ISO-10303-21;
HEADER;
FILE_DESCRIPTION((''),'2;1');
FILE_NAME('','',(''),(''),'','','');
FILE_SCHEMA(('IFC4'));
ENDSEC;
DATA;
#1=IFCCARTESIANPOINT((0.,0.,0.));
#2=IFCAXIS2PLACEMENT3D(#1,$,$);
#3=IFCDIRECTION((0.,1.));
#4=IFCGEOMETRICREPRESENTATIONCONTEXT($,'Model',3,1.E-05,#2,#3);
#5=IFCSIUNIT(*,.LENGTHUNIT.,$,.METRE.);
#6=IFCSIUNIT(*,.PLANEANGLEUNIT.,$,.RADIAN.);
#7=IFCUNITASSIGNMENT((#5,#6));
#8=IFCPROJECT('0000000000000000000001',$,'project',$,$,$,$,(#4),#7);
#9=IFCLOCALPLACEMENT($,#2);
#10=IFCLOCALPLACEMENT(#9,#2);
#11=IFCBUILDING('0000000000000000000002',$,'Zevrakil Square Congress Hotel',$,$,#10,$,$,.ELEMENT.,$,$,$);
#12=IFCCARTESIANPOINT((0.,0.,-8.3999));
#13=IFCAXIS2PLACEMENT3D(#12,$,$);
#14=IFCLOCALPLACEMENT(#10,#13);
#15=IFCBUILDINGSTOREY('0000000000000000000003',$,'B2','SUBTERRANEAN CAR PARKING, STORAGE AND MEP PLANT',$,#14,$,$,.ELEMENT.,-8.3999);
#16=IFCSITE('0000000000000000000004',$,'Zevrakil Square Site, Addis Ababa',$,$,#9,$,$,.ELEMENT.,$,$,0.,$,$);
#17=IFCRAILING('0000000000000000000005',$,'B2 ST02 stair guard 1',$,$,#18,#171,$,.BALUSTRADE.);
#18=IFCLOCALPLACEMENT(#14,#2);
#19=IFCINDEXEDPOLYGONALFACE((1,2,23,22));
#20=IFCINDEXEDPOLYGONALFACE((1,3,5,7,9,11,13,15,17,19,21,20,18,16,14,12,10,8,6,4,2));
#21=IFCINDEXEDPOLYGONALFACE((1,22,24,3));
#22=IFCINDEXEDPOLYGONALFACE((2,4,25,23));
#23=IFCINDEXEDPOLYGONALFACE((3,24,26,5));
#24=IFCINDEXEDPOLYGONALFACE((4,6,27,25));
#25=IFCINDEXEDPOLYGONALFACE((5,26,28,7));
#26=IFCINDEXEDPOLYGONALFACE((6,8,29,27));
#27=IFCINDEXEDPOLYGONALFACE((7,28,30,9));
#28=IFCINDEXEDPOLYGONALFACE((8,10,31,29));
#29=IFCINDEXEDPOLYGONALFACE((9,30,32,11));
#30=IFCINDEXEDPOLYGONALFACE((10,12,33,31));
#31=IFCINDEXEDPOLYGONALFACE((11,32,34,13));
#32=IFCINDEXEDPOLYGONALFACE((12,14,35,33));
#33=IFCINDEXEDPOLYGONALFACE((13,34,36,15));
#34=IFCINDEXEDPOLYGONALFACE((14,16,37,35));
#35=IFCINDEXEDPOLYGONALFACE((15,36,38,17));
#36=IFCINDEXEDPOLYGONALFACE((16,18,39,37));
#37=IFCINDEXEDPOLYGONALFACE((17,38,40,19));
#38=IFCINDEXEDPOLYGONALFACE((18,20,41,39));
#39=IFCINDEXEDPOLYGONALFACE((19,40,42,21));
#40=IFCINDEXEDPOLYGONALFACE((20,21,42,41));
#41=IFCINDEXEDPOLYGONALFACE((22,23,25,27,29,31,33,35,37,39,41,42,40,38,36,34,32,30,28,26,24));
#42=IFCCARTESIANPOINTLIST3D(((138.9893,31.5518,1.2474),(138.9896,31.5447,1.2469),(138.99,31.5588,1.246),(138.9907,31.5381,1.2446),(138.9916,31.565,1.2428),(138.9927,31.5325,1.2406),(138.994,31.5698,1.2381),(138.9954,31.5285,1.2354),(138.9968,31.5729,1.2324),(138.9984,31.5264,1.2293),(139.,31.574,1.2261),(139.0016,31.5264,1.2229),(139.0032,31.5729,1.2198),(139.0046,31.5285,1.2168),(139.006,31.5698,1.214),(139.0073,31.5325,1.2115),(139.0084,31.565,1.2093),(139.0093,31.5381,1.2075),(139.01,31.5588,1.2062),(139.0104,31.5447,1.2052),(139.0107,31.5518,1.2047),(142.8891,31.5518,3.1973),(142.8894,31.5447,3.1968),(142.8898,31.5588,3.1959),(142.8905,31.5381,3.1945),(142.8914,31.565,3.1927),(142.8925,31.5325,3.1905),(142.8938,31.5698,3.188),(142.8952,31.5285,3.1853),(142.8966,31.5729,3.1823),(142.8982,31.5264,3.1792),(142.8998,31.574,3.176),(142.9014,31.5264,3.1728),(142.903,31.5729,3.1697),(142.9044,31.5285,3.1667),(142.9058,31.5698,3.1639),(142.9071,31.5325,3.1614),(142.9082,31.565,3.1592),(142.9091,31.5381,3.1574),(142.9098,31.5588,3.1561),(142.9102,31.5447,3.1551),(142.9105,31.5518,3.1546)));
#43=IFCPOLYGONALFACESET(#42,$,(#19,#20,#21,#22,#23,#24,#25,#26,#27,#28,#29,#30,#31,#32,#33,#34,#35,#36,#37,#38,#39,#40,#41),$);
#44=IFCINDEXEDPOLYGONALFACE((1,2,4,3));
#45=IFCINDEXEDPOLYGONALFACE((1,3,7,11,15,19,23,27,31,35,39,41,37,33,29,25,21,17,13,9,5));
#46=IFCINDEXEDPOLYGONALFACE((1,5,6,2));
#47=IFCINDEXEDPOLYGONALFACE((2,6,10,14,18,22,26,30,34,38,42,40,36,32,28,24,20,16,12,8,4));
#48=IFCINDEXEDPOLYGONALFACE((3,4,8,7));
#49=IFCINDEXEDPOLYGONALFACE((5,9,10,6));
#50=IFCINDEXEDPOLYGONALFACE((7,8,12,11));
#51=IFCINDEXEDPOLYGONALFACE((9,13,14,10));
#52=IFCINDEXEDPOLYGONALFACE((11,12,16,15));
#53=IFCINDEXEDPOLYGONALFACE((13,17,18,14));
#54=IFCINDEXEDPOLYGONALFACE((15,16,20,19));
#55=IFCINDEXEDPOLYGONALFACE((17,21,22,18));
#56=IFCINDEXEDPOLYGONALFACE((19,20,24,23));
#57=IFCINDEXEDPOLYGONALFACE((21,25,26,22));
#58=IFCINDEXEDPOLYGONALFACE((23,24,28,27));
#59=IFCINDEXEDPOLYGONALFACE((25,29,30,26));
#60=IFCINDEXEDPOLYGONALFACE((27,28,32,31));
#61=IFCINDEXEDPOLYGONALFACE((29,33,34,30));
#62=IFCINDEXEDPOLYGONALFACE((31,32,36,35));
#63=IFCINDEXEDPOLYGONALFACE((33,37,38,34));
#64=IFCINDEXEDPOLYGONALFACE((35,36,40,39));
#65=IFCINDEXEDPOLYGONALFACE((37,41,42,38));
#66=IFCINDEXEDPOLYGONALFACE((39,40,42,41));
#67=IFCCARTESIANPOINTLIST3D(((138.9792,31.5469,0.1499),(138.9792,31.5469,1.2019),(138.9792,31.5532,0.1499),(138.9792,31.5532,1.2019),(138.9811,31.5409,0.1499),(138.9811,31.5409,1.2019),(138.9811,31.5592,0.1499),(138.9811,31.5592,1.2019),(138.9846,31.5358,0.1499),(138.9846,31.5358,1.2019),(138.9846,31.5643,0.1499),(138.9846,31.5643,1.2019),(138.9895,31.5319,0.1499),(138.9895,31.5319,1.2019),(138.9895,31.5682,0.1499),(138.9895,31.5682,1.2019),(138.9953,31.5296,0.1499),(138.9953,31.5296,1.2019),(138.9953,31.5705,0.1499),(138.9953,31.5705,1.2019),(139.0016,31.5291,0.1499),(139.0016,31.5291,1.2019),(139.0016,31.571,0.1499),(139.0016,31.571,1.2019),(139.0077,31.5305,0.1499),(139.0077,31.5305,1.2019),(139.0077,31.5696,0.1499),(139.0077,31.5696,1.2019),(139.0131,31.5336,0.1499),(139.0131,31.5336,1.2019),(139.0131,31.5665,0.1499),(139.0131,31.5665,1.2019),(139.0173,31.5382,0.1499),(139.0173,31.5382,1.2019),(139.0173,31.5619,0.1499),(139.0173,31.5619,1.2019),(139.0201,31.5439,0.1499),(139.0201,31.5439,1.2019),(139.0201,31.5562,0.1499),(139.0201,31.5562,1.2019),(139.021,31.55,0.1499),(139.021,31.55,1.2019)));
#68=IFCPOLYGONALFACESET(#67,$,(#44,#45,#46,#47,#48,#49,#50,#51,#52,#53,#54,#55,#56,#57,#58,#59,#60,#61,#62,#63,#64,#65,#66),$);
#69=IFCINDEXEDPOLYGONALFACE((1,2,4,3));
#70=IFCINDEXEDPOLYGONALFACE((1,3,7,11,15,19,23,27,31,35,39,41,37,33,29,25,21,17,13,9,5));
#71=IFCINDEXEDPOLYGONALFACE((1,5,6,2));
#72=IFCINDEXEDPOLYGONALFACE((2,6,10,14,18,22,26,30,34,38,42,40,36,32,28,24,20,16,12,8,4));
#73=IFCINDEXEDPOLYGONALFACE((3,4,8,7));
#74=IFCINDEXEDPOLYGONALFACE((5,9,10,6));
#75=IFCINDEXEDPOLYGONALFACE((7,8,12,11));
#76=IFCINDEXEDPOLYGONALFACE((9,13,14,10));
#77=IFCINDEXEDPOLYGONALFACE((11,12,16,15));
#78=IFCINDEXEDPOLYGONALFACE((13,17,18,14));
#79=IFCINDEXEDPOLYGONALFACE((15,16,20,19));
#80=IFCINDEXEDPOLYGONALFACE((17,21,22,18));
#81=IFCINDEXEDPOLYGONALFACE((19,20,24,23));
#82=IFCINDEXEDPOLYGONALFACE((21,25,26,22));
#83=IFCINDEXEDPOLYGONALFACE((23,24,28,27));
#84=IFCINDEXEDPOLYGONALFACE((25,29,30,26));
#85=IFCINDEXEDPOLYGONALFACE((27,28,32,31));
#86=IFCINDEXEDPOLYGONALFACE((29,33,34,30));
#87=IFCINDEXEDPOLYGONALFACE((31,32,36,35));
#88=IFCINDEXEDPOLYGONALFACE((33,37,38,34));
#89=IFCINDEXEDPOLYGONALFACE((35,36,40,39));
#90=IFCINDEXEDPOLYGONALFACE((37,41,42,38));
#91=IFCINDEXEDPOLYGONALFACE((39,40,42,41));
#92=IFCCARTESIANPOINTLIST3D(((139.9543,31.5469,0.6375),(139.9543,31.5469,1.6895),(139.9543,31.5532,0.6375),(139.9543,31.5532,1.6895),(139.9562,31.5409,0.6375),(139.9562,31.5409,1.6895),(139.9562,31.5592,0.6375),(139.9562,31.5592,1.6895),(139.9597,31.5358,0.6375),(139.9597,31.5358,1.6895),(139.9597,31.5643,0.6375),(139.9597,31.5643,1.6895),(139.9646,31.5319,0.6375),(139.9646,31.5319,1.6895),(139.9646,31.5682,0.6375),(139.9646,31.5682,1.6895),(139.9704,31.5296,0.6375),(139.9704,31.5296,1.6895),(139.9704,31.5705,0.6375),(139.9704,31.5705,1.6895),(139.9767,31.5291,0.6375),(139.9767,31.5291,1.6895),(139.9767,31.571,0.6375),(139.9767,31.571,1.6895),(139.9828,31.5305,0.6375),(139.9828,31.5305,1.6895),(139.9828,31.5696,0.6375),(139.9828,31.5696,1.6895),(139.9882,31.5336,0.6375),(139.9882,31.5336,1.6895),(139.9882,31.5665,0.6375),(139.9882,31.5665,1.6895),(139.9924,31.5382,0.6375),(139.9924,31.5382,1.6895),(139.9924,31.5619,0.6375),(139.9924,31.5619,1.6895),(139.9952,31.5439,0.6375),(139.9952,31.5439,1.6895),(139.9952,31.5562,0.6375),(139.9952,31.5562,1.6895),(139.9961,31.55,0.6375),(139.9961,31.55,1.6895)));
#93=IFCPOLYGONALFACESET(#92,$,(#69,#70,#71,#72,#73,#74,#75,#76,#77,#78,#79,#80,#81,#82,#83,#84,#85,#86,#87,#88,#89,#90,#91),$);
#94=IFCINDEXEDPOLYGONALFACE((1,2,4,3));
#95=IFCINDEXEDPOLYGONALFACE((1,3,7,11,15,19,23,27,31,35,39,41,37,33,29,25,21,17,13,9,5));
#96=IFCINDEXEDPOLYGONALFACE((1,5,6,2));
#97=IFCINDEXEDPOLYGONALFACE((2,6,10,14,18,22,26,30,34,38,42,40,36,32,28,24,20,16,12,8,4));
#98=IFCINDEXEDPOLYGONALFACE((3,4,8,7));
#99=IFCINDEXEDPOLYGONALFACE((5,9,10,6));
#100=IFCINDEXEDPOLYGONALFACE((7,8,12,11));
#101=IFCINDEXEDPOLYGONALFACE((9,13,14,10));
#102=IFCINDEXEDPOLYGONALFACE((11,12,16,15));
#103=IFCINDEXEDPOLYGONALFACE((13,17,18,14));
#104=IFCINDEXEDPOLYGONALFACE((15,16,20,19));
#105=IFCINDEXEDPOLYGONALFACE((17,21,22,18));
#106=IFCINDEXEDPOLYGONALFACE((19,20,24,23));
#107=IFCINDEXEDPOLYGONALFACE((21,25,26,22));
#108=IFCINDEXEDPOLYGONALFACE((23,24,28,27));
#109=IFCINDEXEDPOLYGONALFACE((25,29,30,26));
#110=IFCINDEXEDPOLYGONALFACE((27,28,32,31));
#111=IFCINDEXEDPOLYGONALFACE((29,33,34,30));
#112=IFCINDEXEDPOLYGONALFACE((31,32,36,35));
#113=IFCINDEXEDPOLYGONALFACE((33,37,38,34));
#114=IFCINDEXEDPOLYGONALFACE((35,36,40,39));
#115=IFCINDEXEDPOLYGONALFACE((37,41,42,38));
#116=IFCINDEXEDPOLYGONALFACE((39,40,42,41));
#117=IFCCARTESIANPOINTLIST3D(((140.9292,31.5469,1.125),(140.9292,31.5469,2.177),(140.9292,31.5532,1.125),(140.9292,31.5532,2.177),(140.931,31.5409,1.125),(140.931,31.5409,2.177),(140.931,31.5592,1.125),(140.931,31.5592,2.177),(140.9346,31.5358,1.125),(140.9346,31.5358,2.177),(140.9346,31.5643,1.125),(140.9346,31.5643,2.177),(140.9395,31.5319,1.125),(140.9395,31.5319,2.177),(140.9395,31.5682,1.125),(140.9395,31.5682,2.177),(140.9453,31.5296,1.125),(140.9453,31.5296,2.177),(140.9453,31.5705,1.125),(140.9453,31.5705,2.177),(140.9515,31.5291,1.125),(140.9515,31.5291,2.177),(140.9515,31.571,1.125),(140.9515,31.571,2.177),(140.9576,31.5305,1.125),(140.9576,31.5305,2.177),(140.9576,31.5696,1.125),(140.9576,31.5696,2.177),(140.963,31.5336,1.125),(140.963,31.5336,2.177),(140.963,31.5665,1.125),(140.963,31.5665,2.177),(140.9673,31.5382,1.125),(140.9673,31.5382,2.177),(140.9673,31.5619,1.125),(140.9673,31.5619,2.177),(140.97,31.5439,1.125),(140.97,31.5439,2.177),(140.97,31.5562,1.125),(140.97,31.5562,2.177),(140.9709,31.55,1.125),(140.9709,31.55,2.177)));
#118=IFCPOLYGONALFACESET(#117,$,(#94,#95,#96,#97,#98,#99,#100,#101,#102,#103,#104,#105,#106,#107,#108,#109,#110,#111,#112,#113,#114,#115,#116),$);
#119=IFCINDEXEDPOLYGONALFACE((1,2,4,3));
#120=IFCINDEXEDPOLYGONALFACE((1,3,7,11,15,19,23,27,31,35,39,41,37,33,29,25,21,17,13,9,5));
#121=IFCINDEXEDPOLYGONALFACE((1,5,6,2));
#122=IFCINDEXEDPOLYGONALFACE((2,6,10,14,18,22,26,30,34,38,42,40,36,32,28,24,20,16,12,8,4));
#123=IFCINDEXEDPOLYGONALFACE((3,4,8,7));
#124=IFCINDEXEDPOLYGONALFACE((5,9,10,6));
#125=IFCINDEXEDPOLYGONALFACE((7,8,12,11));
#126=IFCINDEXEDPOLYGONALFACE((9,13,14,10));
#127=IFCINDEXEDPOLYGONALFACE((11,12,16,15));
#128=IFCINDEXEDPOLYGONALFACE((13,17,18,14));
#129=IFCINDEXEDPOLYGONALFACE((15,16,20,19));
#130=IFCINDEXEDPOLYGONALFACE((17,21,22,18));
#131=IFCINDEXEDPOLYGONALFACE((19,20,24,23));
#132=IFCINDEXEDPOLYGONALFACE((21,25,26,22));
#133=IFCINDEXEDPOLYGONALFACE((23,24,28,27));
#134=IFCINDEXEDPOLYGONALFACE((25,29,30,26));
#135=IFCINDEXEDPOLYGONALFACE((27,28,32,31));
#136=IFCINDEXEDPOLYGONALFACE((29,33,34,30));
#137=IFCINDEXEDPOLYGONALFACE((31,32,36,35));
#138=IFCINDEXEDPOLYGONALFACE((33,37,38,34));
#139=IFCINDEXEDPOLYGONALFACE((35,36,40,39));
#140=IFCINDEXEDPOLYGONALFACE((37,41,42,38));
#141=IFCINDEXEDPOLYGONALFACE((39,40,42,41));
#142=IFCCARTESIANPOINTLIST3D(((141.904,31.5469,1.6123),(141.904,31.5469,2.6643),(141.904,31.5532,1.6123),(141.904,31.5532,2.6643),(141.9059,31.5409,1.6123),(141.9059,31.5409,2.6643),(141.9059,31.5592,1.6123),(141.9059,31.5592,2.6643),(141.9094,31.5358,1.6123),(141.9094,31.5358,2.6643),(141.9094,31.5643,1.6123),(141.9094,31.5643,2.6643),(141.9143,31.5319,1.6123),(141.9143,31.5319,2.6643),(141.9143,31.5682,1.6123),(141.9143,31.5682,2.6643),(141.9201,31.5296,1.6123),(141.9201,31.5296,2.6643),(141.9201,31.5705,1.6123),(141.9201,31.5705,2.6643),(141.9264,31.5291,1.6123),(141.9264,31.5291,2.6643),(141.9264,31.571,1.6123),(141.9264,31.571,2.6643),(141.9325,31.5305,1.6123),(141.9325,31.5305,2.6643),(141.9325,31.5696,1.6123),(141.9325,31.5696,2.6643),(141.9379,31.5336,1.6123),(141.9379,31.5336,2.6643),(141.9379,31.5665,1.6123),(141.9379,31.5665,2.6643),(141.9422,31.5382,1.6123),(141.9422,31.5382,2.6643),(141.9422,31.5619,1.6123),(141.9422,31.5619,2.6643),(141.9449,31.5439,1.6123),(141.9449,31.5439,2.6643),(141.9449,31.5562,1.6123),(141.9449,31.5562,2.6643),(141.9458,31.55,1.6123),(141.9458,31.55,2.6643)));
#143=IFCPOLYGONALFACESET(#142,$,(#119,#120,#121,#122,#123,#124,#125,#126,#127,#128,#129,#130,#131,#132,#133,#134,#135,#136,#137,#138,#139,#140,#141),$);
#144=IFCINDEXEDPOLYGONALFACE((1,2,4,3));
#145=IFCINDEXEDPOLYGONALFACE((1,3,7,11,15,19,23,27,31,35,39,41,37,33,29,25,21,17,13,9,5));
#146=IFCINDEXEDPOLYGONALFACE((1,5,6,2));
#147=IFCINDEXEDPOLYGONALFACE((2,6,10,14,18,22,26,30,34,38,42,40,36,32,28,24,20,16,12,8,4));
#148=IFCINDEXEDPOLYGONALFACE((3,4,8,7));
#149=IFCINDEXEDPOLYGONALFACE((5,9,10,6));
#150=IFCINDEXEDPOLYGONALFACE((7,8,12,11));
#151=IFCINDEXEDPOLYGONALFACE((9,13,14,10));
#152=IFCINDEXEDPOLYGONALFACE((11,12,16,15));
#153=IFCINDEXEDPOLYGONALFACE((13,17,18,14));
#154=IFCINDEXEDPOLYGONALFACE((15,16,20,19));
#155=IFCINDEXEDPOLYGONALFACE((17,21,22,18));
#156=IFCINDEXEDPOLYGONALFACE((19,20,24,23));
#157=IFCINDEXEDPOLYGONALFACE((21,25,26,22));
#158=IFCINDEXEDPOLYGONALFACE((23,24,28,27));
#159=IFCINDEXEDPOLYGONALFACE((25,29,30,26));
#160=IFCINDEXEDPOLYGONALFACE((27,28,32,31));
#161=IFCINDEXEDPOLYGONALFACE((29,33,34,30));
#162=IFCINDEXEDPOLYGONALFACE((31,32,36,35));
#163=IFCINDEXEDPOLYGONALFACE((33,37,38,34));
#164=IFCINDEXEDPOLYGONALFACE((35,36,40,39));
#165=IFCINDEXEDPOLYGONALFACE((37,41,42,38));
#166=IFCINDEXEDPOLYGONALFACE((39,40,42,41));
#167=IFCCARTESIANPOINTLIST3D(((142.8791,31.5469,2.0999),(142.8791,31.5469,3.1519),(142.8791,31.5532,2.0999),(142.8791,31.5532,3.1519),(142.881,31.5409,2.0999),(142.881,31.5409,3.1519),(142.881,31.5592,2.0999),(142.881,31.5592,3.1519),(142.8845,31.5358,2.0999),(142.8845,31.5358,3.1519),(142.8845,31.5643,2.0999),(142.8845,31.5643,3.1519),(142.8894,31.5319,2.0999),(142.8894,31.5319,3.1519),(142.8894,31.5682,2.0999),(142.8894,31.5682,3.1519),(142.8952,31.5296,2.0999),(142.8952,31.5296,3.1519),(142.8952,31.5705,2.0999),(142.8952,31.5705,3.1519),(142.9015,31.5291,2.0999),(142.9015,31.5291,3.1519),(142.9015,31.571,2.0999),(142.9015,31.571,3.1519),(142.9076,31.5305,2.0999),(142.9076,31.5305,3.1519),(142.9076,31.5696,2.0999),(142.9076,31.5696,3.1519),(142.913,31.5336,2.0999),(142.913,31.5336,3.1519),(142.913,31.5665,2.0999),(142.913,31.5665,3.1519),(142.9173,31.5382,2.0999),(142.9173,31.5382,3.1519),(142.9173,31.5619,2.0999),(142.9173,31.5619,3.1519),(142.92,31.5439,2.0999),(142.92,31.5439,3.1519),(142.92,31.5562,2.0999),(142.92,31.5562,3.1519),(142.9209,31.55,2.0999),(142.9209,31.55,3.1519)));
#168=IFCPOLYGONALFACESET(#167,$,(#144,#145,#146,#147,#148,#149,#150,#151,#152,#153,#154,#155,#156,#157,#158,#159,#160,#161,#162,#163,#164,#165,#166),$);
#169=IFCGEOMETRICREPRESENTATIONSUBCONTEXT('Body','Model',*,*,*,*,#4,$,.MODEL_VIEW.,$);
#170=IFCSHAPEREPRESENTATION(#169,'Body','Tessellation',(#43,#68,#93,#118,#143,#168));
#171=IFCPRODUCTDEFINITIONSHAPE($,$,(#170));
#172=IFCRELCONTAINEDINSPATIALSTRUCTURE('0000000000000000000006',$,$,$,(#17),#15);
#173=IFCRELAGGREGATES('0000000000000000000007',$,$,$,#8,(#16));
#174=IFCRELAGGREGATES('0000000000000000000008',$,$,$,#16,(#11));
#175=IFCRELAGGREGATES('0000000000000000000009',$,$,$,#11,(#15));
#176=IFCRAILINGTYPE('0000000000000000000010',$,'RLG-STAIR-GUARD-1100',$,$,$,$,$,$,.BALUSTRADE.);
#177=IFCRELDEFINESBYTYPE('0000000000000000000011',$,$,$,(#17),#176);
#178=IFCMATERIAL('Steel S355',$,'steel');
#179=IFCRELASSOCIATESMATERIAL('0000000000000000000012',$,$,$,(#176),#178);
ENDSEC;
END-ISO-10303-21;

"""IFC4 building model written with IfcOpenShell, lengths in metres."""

from ifc_helpers import new_model, si_unit, direction, frame, origin, origin_2d, place, context, subcontext, project, spatial, circle, extrude, material, type_object, element, save


model = new_model("IFC4")

# Units and contexts
model_context = context("Model", 3, precision=1e-05, world=origin(), true_north=direction((0.0, 1.0)))
body_context = subcontext(model_context, "Body", "Model", "MODEL_VIEW")
ifc_project = project(units=[si_unit("LENGTHUNIT", "METRE"), si_unit("PLANEANGLEUNIT", "RADIAN")], contexts=[model_context])

# Site, building, storey
site_placement = place(None, origin())
site = spatial("IfcSite", under=ifc_project, at=site_placement, Name="Zevrakil Square Site, Addis Ababa", CompositionType="ELEMENT", RefElevation=0.0)
building_placement = place(site_placement, origin())
building = spatial("IfcBuilding", under=site, at=building_placement, Name="Zevrakil Square Congress Hotel", CompositionType="ELEMENT")
storey_placement = place(building_placement, frame((0.0, 0.0, -8.3999)))
storey = spatial("IfcBuildingStorey", under=building, at=storey_placement, Name="B2", Description="SUBTERRANEAN CAR PARKING, STORAGE AND MEP PLANT", CompositionType="ELEMENT", Elevation=-8.3999)

# Railing
ifc_material_1 = material(Name="Steel S355", Category="steel")
railing_type_1 = type_object("IfcRailingType", Name="RLG-STAIR-GUARD-1100", PredefinedType="BALUSTRADE", material=ifc_material_1)
railing_1_placement = place(storey_placement, frame((139.0, 31.55, 0.1499)))
element("IfcRailing", 1, at=railing_1_placement, inside=storey, type_object=railing_type_1, Name="B2 ST02 stair guard 1", PredefinedType="BALUSTRADE", context=body_context, shape_type="SweptSolid", body=[
    extrude(circle(Radius=0.0239, at=origin_2d()), frame((0.0, 0.0, 1.0762), z_axis=(0.894427, 0.0, 0.447214), x_axis=(0.0, 1.0, 0.0)), (0.0, 0.0, 1.0), 4.3601),
    extrude(circle(Radius=0.021, at=origin_2d()), origin(), (0.0, 0.0, 1.0), 1.052),
    extrude(circle(Radius=0.021, at=origin_2d()), frame((0.9751, 0.0, 0.4875)), (0.0, 0.0, 1.0), 1.052),
    extrude(circle(Radius=0.021, at=origin_2d()), frame((1.95, 0.0, 0.9751)), (0.0, 0.0, 1.0), 1.052),
    extrude(circle(Radius=0.021, at=origin_2d()), frame((2.9248, 0.0, 1.4624)), (0.0, 0.0, 1.0), 1.052),
    extrude(circle(Radius=0.021, at=origin_2d()), frame((3.8999, 0.0, 1.95)), (0.0, 0.0, 1.0), 1.052),
])

save(model, "model.ifc")
